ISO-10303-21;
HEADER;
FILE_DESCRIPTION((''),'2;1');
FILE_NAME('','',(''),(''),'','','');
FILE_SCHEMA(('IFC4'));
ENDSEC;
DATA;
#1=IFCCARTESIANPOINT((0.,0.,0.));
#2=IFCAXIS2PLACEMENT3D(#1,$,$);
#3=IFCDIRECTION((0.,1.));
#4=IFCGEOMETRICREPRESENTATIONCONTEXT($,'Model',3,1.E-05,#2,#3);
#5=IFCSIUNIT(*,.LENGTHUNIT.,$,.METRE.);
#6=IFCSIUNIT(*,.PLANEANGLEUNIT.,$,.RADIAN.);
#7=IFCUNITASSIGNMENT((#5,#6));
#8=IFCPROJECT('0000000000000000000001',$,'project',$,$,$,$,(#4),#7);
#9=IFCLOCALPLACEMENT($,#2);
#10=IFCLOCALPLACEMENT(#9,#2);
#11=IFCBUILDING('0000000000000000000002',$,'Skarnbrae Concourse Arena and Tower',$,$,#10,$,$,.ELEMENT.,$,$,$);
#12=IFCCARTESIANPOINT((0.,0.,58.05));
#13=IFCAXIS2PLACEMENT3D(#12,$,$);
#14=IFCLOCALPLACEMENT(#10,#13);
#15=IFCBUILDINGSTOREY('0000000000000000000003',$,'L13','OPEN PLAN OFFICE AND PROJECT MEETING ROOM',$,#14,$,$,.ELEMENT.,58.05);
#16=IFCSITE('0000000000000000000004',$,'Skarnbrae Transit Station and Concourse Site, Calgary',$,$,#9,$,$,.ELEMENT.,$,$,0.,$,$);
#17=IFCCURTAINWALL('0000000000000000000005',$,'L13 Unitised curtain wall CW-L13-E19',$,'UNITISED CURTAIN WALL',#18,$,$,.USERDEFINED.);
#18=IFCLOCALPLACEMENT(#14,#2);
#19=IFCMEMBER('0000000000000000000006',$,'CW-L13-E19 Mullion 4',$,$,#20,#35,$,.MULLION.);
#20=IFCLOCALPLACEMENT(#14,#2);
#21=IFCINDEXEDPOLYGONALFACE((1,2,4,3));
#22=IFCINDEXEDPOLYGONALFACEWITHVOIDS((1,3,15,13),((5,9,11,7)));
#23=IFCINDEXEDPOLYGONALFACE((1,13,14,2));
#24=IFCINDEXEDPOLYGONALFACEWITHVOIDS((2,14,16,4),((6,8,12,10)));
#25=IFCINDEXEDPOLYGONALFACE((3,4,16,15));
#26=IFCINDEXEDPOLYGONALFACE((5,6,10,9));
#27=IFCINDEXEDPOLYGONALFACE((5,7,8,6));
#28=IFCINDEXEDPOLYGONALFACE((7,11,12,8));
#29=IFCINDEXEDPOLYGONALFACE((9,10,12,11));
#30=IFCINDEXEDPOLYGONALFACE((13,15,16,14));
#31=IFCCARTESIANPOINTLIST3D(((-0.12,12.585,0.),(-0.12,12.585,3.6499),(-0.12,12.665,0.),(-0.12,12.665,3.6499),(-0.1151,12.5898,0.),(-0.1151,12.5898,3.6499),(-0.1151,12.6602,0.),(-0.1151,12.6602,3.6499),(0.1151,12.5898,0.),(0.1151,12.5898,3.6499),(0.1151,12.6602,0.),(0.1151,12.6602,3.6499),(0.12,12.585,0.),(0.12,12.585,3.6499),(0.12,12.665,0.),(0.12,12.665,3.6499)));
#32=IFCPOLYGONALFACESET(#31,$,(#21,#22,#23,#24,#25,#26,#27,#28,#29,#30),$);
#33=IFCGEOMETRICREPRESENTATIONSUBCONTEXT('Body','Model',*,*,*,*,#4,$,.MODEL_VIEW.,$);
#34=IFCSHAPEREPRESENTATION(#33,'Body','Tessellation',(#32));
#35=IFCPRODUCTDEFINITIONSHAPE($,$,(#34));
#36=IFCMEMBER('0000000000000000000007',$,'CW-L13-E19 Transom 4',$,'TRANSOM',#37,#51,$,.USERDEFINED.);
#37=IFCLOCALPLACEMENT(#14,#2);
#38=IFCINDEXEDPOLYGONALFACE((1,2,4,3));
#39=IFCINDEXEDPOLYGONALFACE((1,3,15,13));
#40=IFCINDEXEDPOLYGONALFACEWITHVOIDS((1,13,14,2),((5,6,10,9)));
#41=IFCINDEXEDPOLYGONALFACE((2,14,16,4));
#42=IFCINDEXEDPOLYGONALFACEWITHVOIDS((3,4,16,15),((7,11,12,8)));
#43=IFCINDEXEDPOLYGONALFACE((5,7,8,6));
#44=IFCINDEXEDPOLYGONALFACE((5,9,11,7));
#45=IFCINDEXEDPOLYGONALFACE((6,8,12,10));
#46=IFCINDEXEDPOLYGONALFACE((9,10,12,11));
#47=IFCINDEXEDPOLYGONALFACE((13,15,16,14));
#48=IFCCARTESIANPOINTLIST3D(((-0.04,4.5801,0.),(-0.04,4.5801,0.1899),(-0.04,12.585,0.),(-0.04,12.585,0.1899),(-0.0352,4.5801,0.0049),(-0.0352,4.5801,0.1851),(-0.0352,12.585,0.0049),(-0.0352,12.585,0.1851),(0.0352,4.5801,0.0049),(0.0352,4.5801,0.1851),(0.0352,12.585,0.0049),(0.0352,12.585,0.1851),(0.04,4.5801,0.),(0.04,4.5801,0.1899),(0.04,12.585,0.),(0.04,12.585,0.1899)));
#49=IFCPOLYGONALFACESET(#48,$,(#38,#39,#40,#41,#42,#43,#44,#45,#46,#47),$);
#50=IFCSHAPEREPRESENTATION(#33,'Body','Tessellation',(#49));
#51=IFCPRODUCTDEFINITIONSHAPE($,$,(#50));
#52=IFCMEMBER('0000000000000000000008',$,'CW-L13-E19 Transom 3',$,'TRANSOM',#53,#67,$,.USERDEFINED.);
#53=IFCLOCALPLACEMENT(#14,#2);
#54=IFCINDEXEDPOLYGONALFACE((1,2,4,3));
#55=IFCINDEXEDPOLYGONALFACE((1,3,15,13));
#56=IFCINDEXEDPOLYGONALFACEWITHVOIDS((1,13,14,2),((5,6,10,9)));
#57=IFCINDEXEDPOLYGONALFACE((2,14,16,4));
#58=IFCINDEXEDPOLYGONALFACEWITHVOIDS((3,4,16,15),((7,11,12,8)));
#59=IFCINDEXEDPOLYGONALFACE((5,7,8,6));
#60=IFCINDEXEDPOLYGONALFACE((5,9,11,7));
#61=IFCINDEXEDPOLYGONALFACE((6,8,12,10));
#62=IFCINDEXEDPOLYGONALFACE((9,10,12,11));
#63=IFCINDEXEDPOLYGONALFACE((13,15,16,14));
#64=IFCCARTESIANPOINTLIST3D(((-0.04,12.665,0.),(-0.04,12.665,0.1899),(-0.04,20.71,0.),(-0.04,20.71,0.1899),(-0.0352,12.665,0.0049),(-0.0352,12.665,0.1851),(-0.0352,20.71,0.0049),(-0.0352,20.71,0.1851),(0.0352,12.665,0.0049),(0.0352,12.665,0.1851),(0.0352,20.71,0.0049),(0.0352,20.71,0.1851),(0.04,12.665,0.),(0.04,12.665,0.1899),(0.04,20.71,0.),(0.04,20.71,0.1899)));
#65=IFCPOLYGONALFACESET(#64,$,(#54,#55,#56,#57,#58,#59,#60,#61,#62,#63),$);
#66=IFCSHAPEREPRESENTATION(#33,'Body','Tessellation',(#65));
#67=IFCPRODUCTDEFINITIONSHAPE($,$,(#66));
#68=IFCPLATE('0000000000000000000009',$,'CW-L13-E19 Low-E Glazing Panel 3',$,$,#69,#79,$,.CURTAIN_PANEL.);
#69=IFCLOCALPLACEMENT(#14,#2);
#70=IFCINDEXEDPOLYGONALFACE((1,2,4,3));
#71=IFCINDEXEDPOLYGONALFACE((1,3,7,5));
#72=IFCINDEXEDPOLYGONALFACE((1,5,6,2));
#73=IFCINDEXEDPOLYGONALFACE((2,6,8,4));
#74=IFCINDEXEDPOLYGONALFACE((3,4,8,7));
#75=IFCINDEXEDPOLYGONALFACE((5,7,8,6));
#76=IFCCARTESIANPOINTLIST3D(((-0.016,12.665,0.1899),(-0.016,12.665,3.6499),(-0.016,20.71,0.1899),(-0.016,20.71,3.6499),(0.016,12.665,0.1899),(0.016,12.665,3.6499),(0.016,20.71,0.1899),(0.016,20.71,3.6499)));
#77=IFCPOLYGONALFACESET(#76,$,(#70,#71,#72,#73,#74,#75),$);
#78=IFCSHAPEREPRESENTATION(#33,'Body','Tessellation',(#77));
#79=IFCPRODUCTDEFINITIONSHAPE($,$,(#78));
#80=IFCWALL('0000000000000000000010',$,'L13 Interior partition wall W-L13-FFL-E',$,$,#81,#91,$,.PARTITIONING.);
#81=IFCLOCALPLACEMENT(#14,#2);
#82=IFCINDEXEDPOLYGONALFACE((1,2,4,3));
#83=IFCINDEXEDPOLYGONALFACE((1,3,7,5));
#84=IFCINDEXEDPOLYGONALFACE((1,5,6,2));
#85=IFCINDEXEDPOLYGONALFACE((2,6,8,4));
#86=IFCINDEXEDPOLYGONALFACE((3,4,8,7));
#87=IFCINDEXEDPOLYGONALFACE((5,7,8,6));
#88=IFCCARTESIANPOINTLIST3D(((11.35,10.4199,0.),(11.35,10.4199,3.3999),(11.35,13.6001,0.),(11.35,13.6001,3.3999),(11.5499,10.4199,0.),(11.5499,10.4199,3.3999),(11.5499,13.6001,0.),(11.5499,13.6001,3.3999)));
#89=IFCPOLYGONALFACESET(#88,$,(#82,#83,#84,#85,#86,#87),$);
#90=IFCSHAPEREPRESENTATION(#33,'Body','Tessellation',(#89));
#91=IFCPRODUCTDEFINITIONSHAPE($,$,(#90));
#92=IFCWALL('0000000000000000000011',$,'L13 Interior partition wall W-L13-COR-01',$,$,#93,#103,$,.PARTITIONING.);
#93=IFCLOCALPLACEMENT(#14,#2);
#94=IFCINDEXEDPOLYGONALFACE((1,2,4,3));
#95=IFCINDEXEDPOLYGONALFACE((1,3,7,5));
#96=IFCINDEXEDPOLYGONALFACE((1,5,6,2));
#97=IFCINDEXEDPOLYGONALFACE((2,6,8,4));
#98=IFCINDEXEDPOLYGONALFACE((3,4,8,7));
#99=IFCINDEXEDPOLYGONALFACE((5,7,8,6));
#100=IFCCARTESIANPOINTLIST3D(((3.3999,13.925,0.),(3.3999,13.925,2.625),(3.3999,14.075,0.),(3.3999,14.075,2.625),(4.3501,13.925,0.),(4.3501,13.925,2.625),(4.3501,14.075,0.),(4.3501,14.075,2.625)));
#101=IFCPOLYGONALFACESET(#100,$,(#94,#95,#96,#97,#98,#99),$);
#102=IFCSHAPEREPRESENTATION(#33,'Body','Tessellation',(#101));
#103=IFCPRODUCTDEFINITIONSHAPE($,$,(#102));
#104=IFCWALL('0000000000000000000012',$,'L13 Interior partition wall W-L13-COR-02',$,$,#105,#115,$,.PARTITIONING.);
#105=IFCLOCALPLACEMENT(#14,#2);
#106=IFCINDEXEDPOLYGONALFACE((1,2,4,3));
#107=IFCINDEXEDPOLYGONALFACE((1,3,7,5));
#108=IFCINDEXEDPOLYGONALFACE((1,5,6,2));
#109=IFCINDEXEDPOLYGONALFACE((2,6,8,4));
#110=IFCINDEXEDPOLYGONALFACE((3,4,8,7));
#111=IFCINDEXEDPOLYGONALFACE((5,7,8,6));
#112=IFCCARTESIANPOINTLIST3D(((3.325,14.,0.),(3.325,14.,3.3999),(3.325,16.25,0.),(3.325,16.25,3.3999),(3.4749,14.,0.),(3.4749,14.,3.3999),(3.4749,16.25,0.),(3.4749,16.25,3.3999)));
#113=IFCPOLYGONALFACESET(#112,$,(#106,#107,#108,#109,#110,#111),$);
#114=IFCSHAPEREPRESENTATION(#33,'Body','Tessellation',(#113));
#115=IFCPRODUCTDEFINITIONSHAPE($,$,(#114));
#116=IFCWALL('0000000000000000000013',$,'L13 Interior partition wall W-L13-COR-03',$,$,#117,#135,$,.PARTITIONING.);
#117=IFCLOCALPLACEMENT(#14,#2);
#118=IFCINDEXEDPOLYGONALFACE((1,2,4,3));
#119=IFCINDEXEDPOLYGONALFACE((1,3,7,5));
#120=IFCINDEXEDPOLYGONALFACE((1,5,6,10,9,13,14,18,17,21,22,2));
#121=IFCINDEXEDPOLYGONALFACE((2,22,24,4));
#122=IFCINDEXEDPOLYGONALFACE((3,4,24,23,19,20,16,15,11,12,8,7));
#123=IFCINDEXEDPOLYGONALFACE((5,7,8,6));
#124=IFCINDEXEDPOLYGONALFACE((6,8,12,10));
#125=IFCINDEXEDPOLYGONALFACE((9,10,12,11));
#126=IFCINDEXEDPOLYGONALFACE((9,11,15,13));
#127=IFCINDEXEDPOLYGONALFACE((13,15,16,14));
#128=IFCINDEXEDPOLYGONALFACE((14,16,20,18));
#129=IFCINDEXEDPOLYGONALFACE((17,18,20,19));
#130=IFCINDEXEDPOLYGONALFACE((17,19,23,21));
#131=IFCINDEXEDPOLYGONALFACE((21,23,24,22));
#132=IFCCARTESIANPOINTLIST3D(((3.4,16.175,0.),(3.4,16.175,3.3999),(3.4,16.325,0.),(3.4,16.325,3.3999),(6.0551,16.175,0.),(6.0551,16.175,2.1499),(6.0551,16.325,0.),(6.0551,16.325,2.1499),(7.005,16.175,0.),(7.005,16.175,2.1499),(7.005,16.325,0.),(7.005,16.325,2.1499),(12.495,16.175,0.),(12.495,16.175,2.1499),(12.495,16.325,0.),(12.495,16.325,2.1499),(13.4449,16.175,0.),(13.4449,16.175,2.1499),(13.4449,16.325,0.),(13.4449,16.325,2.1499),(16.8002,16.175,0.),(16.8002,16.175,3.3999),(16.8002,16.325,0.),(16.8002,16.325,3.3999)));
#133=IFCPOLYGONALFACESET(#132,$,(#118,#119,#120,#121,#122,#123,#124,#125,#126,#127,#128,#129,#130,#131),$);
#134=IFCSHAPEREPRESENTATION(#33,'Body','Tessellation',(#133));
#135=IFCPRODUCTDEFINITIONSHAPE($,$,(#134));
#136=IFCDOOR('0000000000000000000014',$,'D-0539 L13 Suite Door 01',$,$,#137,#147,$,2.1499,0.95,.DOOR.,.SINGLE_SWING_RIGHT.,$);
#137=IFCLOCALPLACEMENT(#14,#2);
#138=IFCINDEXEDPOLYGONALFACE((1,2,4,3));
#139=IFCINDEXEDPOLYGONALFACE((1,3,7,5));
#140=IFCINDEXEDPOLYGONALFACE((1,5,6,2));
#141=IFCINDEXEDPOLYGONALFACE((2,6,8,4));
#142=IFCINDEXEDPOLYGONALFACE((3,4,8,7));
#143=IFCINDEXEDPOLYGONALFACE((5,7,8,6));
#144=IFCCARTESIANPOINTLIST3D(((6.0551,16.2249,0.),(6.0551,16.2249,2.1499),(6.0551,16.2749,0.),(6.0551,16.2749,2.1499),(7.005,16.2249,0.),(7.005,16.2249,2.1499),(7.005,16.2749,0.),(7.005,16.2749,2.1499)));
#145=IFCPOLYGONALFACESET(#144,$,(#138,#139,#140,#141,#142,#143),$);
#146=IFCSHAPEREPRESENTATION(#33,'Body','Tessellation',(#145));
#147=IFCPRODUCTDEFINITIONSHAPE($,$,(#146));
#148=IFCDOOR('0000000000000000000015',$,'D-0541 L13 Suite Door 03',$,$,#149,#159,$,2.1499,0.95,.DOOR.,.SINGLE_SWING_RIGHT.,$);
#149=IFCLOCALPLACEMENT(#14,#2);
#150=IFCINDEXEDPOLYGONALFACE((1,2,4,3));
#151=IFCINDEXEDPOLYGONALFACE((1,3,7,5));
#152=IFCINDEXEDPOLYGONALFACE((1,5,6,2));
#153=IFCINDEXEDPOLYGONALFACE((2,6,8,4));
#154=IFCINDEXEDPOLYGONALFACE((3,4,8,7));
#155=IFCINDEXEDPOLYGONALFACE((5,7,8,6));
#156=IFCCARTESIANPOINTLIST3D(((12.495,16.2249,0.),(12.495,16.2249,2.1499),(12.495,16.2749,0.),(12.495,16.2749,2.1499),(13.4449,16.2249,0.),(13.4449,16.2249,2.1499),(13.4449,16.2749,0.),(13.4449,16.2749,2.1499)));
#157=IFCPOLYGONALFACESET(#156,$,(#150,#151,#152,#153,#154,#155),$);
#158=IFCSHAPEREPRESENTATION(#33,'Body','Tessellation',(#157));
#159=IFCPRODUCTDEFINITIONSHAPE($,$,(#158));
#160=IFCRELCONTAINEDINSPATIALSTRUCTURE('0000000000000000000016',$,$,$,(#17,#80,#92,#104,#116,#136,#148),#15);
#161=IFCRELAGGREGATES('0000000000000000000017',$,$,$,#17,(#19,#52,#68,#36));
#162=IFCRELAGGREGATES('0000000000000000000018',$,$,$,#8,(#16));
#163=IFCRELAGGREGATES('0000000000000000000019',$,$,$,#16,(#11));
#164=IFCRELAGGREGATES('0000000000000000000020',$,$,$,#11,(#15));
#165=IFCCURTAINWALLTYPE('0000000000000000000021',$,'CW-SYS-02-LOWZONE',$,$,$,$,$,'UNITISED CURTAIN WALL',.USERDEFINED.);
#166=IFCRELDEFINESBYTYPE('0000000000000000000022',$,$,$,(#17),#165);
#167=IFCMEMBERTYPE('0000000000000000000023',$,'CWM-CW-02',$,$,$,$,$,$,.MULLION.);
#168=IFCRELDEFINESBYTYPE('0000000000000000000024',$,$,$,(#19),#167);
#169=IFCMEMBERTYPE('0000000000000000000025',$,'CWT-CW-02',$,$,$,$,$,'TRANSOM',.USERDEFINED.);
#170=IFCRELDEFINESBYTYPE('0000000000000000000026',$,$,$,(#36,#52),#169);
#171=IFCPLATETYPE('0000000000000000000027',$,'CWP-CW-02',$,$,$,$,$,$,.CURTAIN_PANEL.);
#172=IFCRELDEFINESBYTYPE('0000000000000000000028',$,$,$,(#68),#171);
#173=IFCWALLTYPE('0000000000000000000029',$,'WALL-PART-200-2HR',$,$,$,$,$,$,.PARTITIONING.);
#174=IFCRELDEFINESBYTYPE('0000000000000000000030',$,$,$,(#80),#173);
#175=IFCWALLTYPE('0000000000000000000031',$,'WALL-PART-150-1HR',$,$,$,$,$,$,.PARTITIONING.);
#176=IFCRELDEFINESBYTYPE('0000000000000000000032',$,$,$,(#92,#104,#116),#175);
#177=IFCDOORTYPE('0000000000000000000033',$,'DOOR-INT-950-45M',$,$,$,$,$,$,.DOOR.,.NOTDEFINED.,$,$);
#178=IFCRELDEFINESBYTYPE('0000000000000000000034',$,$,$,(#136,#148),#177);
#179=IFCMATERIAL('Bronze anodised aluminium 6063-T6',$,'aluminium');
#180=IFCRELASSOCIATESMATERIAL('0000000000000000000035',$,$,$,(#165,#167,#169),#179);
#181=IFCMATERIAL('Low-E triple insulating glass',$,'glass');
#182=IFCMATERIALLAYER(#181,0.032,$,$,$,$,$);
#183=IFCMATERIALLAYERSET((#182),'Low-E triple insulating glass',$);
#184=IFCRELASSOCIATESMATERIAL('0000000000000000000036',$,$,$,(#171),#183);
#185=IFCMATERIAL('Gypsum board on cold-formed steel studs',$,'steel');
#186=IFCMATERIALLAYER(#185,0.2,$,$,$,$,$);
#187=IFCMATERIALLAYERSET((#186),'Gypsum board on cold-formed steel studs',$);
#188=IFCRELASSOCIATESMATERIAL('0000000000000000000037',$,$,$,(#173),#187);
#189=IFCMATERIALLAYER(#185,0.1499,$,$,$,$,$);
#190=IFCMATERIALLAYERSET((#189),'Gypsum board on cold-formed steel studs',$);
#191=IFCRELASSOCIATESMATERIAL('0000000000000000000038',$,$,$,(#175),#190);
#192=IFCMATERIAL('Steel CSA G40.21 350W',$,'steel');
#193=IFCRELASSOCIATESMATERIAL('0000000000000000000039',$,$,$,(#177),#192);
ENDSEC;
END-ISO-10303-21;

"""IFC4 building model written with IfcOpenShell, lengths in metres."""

from ifc_helpers import new_model, si_unit, direction, frame, frame_2d, origin, origin_2d, place, context, subcontext, project, spatial, rectangle, hollow_rectangle, extrude, source, transform, mapped, material, layer, layer_set, material_profile, profile_set, type_object, element, fill, aggregate, save


model = new_model("IFC4")

# Units and contexts
model_context = context("Model", 3, precision=1e-05, world=origin(), true_north=direction((0.0, 1.0)))
body_context = subcontext(model_context, "Body", "Model", "MODEL_VIEW")
ifc_project = project(units=[si_unit("LENGTHUNIT", "METRE"), si_unit("PLANEANGLEUNIT", "RADIAN")], contexts=[model_context])

# Site, building, storey
site_placement = place(None, origin())
site = spatial("IfcSite", under=ifc_project, at=site_placement, Name="Skarnbrae Transit Station and Concourse Site, Calgary", CompositionType="ELEMENT", RefElevation=0.0)
building_placement = place(site_placement, origin())
building = spatial("IfcBuilding", under=site, at=building_placement, Name="Skarnbrae Concourse Arena and Tower", CompositionType="ELEMENT")
storey_placement = place(building_placement, frame((0.0, 0.0, 58.05)))
storey = spatial("IfcBuildingStorey", under=building, at=storey_placement, Name="L13", Description="OPEN PLAN OFFICE AND PROJECT MEETING ROOM", CompositionType="ELEMENT", Elevation=58.05)

# Shared definitions
ifc_material_1 = material(Name="Steel CSA G40.21 350W", Category="steel")

# Curtain wall, members, plate
ifc_material_2 = material(Name="Bronze anodised aluminium 6063-T6", Category="aluminium")
curtain_wall_type = type_object("IfcCurtainWallType", Name="CW-SYS-02-LOWZONE", ElementType="UNITISED CURTAIN WALL", PredefinedType="USERDEFINED", material=ifc_material_2)
curtain_wall_placement = place(storey_placement, origin())
curtain_wall = element("IfcCurtainWall", 1, at=curtain_wall_placement, inside=storey, type_object=curtain_wall_type, Name="L13 Unitised curtain wall CW-L13-E19", ObjectType="UNITISED CURTAIN WALL", PredefinedType="USERDEFINED")
ifc_material_profile_1 = material_profile(ifc_material_2, hollow_rectangle(XDim=0.0801, YDim=0.24, WallThickness=0.0049, at=origin_2d()), Name="ALU-MULL-80X240")
ifc_profile_set_1 = profile_set([ifc_material_profile_1], Name="Bronze anodised aluminium 6063-T6")
member_type_1 = type_object("IfcMemberType", Name="CWM-CW-02", PredefinedType="MULLION", material=ifc_profile_set_1)
shared_shape_1 = source(origin(), body_context, "Body", "SweptSolid", [
    extrude(hollow_rectangle(XDim=0.0801, YDim=0.24, WallThickness=0.0049, at=origin_2d()), origin(), (0.0, 0.0, 1.0), 3.6499),
])
member_1_placement = place(storey_placement, frame((0.0, 12.625, 0.0), z_axis=(0.0, 0.0, 1.0), x_axis=(0.0, -1.0, 0.0)))
member_1 = element("IfcMember", 2, at=member_1_placement, type_object=member_type_1, Name="CW-L13-E19 Mullion 4", PredefinedType="MULLION", context=body_context, shape_type="MappedRepresentation", body=[
    mapped(shared_shape_1, transform((0.0, 0.0, 0.0))),
])
ifc_material_profile_2 = material_profile(ifc_material_2, hollow_rectangle(XDim=0.0801, YDim=0.1899, WallThickness=0.0049, at=origin_2d()), Name="ALU-TRAN-80X190")
ifc_profile_set_2 = profile_set([ifc_material_profile_2], Name="Bronze anodised aluminium 6063-T6")
member_type_2 = type_object("IfcMemberType", Name="CWT-CW-02", ElementType="TRANSOM", PredefinedType="USERDEFINED", material=ifc_profile_set_2)
shared_shape_2 = source(origin(), body_context, "Body", "SweptSolid", [
    extrude(hollow_rectangle(XDim=0.0801, YDim=0.1899, WallThickness=0.0049, at=origin_2d()), origin(), (0.0, 0.0, 1.0), 8.0049),
])
member_2_placement = place(storey_placement, frame((0.0, 12.585, 0.095), z_axis=(0.0, -1.0, 0.0), x_axis=(1.0, 0.0, 0.0)))
member_2 = element("IfcMember", 3, at=member_2_placement, type_object=member_type_2, Name="CW-L13-E19 Transom 4", ObjectType="TRANSOM", PredefinedType="USERDEFINED", context=body_context, shape_type="MappedRepresentation", body=[
    mapped(shared_shape_2, transform((0.0, 0.0, 0.0))),
])
shared_shape_3 = source(origin(), body_context, "Body", "SweptSolid", [
    extrude(hollow_rectangle(XDim=0.0801, YDim=0.1899, WallThickness=0.0049, at=origin_2d()), origin(), (0.0, 0.0, 1.0), 8.0449),
])
member_3_placement = place(storey_placement, frame((0.0, 20.71, 0.095), z_axis=(0.0, -1.0, 0.0), x_axis=(1.0, 0.0, 0.0)))
member_3 = element("IfcMember", 4, at=member_3_placement, type_object=member_type_2, Name="CW-L13-E19 Transom 3", ObjectType="TRANSOM", PredefinedType="USERDEFINED", context=body_context, shape_type="MappedRepresentation", body=[
    mapped(shared_shape_3, transform((0.0, 0.0, 0.0))),
])
ifc_material_3 = material(Name="Low-E triple insulating glass", Category="glass")
ifc_layer_1 = layer(ifc_material_3, 0.032)
ifc_layer_set_1 = layer_set([ifc_layer_1], Name="Low-E triple insulating glass")
plate_type = type_object("IfcPlateType", Name="CWP-CW-02", PredefinedType="CURTAIN_PANEL", material=ifc_layer_set_1)
shared_shape_4 = source(origin(), body_context, "Body", "SweptSolid", [
    extrude(rectangle(XDim=8.0449, YDim=0.032, at=origin_2d()), origin(), (0.0, 0.0, 1.0), 3.46),
])
plate_placement = place(storey_placement, frame((0.0, 16.6875, 0.1899), z_axis=(0.0, 0.0, 1.0), x_axis=(0.0, -1.0, 0.0)))
plate = element("IfcPlate", 5, at=plate_placement, type_object=plate_type, Name="CW-L13-E19 Low-E Glazing Panel 3", PredefinedType="CURTAIN_PANEL", context=body_context, shape_type="MappedRepresentation", body=[
    mapped(shared_shape_4, transform((0.0, 0.0, 0.0))),
])
aggregate(curtain_wall, [member_1, member_3, plate, member_2])

# Wall
ifc_material_4 = material(Name="Gypsum board on cold-formed steel studs", Category="steel")
ifc_layer_2 = layer(ifc_material_4, 0.2)
ifc_layer_set_2 = layer_set([ifc_layer_2], Name="Gypsum board on cold-formed steel studs")
wall_type_1 = type_object("IfcWallType", Name="WALL-PART-200-2HR", PredefinedType="PARTITIONING", material=ifc_layer_set_2)
shared_shape_5 = source(origin(), body_context, "Body", "SweptSolid", [
    extrude(rectangle(XDim=3.1802, YDim=0.2, at=frame_2d((1.5901, 0.0))), origin(), (0.0, 0.0, 1.0), 3.3999),
])
wall_1_placement = place(storey_placement, frame((11.45, 10.4199, 0.0), z_axis=(0.0, 0.0, 1.0), x_axis=(0.0, 1.0, 0.0)))
element("IfcWall", 6, at=wall_1_placement, inside=storey, type_object=wall_type_1, Name="L13 Interior partition wall W-L13-FFL-E", PredefinedType="PARTITIONING", context=body_context, shape_type="MappedRepresentation", body=[
    mapped(shared_shape_5, transform((0.0, 0.0, 0.0))),
])

# Walls
ifc_layer_3 = layer(ifc_material_4, 0.1499)
ifc_layer_set_3 = layer_set([ifc_layer_3], Name="Gypsum board on cold-formed steel studs")
wall_type_2 = type_object("IfcWallType", Name="WALL-PART-150-1HR", PredefinedType="PARTITIONING", material=ifc_layer_set_3)
shared_shape_6 = source(origin(), body_context, "Body", "SweptSolid", [
    extrude(rectangle(XDim=0.9502, YDim=0.1499, at=frame_2d((0.4751, 0.0))), origin(), (0.0, 0.0, 1.0), 2.625),
])
wall_2_placement = place(storey_placement, frame((4.3501, 14.0, 0.0), z_axis=(0.0, 0.0, 1.0), x_axis=(-1.0, 0.0, 0.0)))
element("IfcWall", 7, at=wall_2_placement, inside=storey, type_object=wall_type_2, Name="L13 Interior partition wall W-L13-COR-01", PredefinedType="PARTITIONING", context=body_context, shape_type="MappedRepresentation", body=[
    mapped(shared_shape_6, transform((0.0, 0.0, 0.0))),
])
shared_shape_7 = source(origin(), body_context, "Body", "SweptSolid", [
    extrude(rectangle(XDim=2.25, YDim=0.1499, at=frame_2d((1.125, 0.0))), origin(), (0.0, 0.0, 1.0), 3.3999),
])
wall_3_placement = place(storey_placement, frame((3.3999, 14.0, 0.0), z_axis=(0.0, 0.0, 1.0), x_axis=(0.0, 1.0, 0.0)))
element("IfcWall", 8, at=wall_3_placement, inside=storey, type_object=wall_type_2, Name="L13 Interior partition wall W-L13-COR-02", PredefinedType="PARTITIONING", context=body_context, shape_type="MappedRepresentation", body=[
    mapped(shared_shape_7, transform((0.0, 0.0, 0.0))),
])

# Wall, openings, doors
shared_shape_8 = source(origin(), body_context, "Body", "SweptSolid", [
    extrude(rectangle(XDim=13.4001, YDim=0.1499, at=frame_2d((6.7002, 0.0))), origin(), (0.0, 0.0, 1.0), 3.3999),
])
wall_4_placement = place(storey_placement, frame((3.3999, 16.25, 0.0), z_axis=(0.0, 0.0, 1.0), x_axis=(1.0, 0.0, 0.0)))
wall_4 = element("IfcWall", 9, at=wall_4_placement, inside=storey, type_object=wall_type_2, Name="L13 Interior partition wall W-L13-COR-03", PredefinedType="PARTITIONING", context=body_context, shape_type="MappedRepresentation", body=[
    mapped(shared_shape_8, transform((0.0, 0.0, 0.0))),
])
opening_1_placement = place(wall_4_placement, frame((2.655, 0.0, 0.0)))
opening_1 = element("IfcOpeningElement", 10, at=opening_1_placement, cuts=wall_4, PredefinedType="OPENING", context=body_context, shape_type="SweptSolid", body=[
    extrude(rectangle(XDim=0.95, YDim=2.1499, at=frame_2d((0.4751, 1.075))), frame((0.0, 0.085, 0.0), z_axis=(0.0, -1.0, 0.0), x_axis=(1.0, 0.0, 0.0)), (0.0, 0.0, 1.0), 0.1699),
])
opening_2_placement = place(wall_4_placement, frame((9.095, 0.0, 0.0)))
opening_2 = element("IfcOpeningElement", 11, at=opening_2_placement, cuts=wall_4, PredefinedType="OPENING", context=body_context, shape_type="SweptSolid", body=[
    extrude(rectangle(XDim=0.95, YDim=2.1499, at=frame_2d((0.4751, 1.075))), frame((0.0, 0.085, 0.0), z_axis=(0.0, -1.0, 0.0), x_axis=(1.0, 0.0, 0.0)), (0.0, 0.0, 1.0), 0.1699),
])
door_type_1 = type_object("IfcDoorType", Name="DOOR-INT-950-45M", OperationType="NOTDEFINED", PredefinedType="DOOR", material=ifc_material_1)
shared_shape_9 = source(origin(), body_context, "Body", "SweptSolid", [
    extrude(rectangle(XDim=0.95, YDim=2.1499, at=frame_2d((0.4751, 1.075))), frame((0.0, 0.0249, 0.0), z_axis=(0.0, -1.0, 0.0), x_axis=(1.0, 0.0, 0.0)), (0.0, 0.0, 1.0), 0.05),
])
door_1_placement = place(opening_1_placement, origin())
door_1 = element("IfcDoor", 12, at=door_1_placement, inside=storey, type_object=door_type_1, Name="D-0539 L13 Suite Door 01", OperationType="SINGLE_SWING_RIGHT", OverallHeight=2.1499, OverallWidth=0.95, PredefinedType="DOOR", context=body_context, shape_type="MappedRepresentation", body=[
    mapped(shared_shape_9, transform((0.0, 0.0, 0.0))),
])
fill(opening_1, door_1)
door_2_placement = place(opening_2_placement, origin())
door_2 = element("IfcDoor", 13, at=door_2_placement, inside=storey, type_object=door_type_1, Name="D-0541 L13 Suite Door 03", OperationType="SINGLE_SWING_RIGHT", OverallHeight=2.1499, OverallWidth=0.95, PredefinedType="DOOR", context=body_context, shape_type="MappedRepresentation", body=[
    mapped(shared_shape_9, transform((0.0, 0.0, 0.0))),
])
fill(opening_2, door_2)

save(model, "model.ifc")
